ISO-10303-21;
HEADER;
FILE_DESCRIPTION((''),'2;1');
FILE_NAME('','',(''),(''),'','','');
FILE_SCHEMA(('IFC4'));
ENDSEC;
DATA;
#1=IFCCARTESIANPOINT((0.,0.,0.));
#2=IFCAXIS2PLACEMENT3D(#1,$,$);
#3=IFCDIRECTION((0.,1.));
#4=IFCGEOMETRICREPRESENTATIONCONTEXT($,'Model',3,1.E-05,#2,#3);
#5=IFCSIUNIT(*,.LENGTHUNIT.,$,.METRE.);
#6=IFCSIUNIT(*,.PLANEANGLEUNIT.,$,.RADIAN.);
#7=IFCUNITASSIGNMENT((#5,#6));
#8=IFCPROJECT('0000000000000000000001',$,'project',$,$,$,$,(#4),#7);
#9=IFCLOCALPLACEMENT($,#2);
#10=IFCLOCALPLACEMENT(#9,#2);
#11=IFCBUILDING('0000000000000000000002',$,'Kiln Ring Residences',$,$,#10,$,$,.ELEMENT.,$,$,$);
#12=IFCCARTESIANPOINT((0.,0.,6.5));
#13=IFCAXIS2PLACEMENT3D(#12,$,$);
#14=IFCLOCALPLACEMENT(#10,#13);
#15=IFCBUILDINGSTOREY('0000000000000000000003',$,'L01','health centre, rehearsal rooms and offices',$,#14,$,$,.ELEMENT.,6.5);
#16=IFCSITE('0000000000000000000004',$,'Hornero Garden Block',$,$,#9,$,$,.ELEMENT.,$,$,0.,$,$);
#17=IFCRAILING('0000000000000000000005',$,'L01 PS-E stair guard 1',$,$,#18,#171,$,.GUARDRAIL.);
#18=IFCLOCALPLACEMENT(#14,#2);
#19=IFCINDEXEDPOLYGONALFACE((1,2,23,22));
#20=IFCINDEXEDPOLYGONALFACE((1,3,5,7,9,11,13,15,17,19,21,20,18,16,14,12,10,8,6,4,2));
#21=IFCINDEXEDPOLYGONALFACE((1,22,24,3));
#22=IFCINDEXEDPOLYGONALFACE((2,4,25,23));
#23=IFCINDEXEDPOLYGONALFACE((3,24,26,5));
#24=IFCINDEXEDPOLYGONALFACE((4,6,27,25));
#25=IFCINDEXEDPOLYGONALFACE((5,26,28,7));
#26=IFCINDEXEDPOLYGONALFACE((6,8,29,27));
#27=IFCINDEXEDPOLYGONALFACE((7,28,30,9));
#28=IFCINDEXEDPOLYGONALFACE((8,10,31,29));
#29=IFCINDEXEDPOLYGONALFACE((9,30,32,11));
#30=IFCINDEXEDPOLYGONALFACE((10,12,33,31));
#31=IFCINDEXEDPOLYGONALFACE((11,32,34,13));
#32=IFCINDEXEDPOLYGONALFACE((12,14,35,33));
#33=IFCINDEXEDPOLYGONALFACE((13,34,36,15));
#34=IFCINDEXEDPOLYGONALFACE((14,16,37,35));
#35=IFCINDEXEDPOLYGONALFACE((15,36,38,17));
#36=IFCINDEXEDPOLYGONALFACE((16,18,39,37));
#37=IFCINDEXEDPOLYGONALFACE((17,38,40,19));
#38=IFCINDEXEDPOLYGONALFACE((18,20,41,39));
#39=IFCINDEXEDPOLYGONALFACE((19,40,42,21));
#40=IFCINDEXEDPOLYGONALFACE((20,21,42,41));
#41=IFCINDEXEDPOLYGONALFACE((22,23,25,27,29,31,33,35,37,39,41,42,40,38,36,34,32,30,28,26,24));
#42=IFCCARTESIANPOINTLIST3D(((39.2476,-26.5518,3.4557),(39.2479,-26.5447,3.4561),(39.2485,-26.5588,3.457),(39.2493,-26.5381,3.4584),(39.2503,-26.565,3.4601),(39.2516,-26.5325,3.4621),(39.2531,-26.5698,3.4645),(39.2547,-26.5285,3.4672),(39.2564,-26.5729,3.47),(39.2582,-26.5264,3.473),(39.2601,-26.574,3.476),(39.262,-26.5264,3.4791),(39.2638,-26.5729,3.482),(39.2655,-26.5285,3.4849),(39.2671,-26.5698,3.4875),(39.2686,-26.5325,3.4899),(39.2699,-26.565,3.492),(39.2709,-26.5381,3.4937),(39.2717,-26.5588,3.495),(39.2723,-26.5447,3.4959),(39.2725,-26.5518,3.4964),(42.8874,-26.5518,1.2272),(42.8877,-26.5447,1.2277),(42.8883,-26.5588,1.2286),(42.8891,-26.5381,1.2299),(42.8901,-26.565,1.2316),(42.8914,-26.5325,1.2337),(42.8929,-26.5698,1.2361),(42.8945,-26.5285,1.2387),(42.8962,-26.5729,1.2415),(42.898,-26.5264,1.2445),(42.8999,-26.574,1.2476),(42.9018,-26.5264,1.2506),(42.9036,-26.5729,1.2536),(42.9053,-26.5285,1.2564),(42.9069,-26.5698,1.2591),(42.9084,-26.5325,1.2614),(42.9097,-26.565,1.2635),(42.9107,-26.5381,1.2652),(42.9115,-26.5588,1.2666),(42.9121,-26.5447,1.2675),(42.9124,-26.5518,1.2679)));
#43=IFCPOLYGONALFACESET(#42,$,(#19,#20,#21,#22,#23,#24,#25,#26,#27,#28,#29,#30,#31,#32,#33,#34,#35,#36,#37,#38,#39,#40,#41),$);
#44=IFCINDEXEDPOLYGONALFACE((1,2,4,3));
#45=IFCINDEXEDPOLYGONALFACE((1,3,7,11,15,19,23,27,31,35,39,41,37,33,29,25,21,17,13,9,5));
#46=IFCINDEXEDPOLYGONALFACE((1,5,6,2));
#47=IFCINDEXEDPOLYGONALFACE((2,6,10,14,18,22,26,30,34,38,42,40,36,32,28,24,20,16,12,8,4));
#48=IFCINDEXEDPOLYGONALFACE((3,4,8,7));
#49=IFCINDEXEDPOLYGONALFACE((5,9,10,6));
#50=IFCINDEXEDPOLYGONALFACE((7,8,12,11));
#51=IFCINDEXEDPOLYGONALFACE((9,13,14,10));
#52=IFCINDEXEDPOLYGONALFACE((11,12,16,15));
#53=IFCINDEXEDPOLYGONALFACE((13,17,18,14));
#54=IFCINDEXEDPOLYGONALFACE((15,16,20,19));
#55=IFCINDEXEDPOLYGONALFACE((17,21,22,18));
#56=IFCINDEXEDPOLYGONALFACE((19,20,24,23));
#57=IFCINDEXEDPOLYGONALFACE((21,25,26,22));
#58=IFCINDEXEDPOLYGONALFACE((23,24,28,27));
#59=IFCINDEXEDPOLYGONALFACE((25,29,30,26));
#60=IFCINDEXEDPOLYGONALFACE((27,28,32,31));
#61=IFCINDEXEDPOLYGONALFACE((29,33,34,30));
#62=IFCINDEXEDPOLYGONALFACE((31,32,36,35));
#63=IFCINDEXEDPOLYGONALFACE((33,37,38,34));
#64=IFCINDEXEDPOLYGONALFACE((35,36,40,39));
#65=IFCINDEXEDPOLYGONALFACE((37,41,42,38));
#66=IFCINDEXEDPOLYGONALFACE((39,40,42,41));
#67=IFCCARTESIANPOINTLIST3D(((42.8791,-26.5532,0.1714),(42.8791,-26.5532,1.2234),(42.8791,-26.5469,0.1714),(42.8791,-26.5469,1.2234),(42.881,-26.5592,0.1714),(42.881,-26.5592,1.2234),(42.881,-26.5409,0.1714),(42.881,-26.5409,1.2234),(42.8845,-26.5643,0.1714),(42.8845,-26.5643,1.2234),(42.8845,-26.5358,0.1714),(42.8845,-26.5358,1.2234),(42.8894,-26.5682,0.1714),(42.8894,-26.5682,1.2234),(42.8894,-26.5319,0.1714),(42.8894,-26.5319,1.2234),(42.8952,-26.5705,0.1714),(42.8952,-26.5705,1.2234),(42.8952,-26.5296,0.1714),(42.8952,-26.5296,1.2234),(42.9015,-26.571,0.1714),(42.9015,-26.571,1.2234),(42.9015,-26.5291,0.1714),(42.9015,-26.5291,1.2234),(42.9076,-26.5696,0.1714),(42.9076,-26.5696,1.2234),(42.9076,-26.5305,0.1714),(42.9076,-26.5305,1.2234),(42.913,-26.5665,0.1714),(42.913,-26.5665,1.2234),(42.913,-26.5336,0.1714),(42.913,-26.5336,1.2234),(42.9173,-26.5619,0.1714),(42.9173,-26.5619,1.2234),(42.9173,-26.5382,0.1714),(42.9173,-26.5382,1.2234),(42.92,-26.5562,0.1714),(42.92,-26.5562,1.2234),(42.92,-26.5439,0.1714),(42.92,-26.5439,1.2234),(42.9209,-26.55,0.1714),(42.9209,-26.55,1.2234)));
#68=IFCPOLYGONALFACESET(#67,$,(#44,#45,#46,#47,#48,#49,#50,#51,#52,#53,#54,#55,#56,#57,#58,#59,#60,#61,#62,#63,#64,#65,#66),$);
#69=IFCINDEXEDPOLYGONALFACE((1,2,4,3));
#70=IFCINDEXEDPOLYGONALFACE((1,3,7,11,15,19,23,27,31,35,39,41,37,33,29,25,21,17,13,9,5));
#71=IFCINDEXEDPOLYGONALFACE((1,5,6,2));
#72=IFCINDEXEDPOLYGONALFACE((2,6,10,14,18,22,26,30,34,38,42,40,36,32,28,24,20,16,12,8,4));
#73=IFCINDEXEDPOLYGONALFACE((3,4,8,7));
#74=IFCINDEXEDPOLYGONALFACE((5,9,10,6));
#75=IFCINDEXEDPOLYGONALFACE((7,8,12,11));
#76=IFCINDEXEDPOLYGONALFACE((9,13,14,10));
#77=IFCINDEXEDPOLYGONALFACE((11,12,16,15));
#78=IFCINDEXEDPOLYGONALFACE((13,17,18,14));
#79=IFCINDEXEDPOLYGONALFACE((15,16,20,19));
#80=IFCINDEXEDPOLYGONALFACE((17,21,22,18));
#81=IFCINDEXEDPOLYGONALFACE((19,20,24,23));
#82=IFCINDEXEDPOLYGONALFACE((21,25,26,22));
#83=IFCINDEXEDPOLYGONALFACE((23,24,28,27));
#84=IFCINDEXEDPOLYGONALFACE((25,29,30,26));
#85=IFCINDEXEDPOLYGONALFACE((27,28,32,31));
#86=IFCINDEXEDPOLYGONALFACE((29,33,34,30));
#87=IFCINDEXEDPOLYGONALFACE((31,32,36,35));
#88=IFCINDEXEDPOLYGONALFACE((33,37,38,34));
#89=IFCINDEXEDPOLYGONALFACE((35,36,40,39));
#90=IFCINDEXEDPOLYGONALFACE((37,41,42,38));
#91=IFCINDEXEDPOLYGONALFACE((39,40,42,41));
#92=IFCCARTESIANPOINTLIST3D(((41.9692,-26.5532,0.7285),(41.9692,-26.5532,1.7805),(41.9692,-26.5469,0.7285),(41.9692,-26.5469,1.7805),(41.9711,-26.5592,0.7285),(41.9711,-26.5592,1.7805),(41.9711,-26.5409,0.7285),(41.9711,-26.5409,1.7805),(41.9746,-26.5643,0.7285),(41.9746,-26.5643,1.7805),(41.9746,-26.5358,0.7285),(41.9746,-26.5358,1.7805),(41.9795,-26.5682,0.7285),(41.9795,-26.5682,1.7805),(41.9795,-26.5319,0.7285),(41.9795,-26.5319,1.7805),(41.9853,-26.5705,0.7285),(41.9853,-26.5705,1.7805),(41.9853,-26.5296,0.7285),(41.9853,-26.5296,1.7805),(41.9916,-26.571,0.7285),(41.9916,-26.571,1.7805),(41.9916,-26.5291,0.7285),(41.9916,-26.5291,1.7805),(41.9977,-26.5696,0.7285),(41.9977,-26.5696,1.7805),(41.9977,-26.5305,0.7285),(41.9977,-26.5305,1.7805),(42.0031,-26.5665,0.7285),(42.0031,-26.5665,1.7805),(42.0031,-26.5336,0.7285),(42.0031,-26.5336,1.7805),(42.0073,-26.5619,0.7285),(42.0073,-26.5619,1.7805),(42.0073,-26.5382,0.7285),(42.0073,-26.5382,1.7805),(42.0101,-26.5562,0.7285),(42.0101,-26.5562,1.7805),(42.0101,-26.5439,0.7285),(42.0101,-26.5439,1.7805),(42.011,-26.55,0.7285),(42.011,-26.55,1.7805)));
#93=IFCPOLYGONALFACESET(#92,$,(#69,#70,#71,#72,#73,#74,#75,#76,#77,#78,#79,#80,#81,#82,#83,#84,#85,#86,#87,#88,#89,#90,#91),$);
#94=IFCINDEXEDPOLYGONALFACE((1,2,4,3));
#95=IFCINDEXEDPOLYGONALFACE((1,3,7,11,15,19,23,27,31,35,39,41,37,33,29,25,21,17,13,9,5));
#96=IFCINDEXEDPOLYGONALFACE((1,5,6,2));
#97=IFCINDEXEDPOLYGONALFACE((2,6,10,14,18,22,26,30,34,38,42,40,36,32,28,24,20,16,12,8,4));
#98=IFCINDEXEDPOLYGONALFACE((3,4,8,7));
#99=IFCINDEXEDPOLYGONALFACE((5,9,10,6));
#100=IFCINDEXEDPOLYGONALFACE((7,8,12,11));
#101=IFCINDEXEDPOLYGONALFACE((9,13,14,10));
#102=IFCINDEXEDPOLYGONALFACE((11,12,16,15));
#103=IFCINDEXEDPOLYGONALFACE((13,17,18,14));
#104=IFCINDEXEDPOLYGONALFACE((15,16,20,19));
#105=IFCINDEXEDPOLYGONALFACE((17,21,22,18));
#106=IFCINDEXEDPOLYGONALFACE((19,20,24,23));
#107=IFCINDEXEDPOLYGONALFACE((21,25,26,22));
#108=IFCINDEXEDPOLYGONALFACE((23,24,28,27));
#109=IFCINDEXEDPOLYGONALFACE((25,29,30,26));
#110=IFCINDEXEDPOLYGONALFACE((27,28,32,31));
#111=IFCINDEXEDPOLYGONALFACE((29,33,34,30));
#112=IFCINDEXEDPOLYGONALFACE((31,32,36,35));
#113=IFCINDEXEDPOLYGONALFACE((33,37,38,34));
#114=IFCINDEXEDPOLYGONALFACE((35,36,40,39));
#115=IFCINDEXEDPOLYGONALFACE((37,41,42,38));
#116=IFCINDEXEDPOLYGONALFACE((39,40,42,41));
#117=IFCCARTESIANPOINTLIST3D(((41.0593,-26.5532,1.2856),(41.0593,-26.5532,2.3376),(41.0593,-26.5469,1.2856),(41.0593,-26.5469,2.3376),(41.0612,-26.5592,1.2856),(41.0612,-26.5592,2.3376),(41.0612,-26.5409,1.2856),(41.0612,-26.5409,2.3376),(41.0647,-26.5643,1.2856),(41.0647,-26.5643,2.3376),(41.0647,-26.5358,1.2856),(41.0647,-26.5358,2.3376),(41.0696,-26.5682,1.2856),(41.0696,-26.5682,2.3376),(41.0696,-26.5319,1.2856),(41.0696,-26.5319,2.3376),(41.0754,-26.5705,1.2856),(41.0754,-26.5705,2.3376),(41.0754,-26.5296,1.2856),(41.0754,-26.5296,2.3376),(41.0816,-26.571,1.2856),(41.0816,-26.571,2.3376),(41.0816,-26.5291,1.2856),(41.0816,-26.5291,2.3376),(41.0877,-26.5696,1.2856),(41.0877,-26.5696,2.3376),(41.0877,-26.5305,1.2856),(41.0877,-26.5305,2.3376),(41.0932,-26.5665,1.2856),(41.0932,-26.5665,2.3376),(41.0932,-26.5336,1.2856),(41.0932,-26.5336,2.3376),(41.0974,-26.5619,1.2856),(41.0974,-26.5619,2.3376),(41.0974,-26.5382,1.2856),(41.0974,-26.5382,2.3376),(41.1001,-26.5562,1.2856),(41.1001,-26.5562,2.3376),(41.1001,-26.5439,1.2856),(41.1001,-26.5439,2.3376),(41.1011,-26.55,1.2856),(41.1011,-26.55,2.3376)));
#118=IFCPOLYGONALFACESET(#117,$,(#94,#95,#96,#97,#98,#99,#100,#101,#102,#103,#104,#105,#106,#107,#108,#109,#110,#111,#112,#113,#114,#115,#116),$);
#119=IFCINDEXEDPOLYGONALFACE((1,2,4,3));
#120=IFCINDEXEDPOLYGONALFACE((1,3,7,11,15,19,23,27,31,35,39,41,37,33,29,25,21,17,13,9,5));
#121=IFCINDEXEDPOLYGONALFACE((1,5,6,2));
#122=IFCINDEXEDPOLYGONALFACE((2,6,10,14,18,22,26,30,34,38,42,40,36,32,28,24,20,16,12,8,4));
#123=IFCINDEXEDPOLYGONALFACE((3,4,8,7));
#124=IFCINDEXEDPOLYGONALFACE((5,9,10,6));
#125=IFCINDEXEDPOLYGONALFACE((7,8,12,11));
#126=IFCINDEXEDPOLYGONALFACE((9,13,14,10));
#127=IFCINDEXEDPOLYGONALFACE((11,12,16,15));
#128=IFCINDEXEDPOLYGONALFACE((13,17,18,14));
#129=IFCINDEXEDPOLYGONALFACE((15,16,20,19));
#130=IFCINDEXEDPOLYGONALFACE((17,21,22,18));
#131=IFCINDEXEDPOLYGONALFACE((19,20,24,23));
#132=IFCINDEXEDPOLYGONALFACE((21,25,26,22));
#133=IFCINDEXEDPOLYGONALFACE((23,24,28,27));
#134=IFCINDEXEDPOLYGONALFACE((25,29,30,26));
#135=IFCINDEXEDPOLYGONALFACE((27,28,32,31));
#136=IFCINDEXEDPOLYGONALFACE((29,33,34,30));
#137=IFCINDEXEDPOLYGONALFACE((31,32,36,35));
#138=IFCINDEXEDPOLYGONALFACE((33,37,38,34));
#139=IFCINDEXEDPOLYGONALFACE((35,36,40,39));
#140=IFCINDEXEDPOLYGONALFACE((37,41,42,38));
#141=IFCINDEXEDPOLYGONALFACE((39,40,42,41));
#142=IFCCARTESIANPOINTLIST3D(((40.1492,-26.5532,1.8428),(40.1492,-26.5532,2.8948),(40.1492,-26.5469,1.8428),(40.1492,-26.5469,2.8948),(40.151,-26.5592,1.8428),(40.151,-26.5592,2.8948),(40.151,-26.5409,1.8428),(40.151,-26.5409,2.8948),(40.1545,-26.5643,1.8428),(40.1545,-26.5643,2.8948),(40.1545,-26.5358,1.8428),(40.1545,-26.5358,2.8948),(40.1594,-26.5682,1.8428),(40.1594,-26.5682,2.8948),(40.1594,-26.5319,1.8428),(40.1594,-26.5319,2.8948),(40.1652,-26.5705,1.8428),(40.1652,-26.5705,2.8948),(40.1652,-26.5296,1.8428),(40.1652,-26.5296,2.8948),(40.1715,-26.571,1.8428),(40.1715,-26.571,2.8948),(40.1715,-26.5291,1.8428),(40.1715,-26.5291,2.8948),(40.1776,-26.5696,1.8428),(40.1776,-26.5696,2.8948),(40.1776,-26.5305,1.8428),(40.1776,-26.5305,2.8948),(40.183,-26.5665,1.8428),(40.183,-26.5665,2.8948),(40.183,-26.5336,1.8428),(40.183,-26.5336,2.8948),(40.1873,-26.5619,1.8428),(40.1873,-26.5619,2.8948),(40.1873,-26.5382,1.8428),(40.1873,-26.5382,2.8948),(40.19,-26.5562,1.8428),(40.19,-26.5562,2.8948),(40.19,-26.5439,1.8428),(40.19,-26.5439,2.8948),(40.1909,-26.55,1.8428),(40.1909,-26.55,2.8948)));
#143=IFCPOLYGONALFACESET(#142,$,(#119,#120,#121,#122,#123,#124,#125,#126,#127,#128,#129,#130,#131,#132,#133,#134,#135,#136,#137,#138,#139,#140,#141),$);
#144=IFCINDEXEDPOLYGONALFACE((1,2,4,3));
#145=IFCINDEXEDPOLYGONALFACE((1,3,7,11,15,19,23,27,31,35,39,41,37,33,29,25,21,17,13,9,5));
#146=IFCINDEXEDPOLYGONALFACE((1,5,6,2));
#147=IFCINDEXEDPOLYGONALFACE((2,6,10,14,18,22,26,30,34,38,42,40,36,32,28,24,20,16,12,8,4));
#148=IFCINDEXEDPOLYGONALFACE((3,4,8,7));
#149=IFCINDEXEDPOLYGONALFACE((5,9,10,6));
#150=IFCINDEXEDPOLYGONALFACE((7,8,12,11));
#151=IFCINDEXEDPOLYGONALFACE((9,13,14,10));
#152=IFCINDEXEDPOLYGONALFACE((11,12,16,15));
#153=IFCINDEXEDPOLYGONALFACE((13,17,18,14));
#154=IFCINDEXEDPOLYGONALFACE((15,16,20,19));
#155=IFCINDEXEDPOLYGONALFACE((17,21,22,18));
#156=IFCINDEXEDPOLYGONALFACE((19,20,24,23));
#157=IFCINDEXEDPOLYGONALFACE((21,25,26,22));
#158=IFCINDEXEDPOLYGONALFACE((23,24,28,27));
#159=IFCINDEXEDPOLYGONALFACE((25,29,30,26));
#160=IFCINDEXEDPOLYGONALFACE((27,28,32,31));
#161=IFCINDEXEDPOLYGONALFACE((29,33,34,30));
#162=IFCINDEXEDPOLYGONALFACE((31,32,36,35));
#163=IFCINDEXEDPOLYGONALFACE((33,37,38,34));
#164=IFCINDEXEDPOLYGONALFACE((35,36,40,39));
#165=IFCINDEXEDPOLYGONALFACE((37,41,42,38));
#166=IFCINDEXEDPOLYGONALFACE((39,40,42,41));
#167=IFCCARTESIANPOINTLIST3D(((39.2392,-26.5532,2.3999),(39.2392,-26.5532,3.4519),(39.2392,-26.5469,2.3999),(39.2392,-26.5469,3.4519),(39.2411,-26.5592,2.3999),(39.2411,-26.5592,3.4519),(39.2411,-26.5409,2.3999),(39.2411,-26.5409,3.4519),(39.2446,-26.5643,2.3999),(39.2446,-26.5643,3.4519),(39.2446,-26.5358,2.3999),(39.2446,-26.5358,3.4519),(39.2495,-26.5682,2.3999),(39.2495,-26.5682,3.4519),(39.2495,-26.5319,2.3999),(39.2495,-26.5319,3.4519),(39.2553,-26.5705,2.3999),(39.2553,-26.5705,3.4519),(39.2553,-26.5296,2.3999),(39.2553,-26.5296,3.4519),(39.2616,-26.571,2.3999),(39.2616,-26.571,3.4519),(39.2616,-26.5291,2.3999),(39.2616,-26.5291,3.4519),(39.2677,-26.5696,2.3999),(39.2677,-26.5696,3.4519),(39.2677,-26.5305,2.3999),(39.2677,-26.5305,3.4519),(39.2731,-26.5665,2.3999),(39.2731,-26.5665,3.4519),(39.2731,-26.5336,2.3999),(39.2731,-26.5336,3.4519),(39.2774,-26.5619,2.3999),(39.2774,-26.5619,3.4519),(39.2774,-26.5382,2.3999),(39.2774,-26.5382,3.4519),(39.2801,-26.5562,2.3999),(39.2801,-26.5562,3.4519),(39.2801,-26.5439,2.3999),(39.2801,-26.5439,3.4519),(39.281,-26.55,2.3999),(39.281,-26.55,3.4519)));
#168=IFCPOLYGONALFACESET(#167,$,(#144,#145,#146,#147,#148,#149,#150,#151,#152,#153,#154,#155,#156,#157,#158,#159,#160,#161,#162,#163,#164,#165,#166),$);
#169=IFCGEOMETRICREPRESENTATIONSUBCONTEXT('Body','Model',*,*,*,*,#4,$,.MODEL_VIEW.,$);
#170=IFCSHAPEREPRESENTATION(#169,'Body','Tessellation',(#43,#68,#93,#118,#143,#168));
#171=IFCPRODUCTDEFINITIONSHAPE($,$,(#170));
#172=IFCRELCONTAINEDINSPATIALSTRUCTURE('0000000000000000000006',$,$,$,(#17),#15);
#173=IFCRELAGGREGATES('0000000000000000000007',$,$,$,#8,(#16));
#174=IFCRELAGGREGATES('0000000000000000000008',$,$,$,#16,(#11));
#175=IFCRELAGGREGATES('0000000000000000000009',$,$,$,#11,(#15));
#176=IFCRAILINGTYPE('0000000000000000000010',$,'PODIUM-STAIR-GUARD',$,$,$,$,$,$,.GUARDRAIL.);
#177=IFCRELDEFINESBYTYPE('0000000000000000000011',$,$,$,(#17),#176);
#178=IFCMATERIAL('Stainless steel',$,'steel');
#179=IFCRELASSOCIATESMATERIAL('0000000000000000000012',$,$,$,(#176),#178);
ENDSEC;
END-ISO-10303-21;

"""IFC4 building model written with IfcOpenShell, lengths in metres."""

from ifc_helpers import new_model, si_unit, direction, frame, origin, origin_2d, place, context, subcontext, project, spatial, circle, extrude, material, type_object, element, save


model = new_model("IFC4")

# Units and contexts
model_context = context("Model", 3, precision=1e-05, world=origin(), true_north=direction((0.0, 1.0)))
body_context = subcontext(model_context, "Body", "Model", "MODEL_VIEW")
ifc_project = project(units=[si_unit("LENGTHUNIT", "METRE"), si_unit("PLANEANGLEUNIT", "RADIAN")], contexts=[model_context])

# Site, building, storey
site_placement = place(None, origin())
site = spatial("IfcSite", under=ifc_project, at=site_placement, Name="Hornero Garden Block", CompositionType="ELEMENT", RefElevation=0.0)
building_placement = place(site_placement, origin())
building = spatial("IfcBuilding", under=site, at=building_placement, Name="Kiln Ring Residences", CompositionType="ELEMENT")
storey_placement = place(building_placement, frame((0.0, 0.0, 6.5)))
storey = spatial("IfcBuildingStorey", under=building, at=storey_placement, Name="L01", Description="health centre, rehearsal rooms and offices", CompositionType="ELEMENT", Elevation=6.5)

# Railing
ifc_material_1 = material(Name="Stainless steel", Category="steel")
railing_type_1 = type_object("IfcRailingType", Name="PODIUM-STAIR-GUARD", PredefinedType="GUARDRAIL", material=ifc_material_1)
railing_1_placement = place(storey_placement, frame((42.8999, -26.55, 0.1714)))
element("IfcRailing", 1, at=railing_1_placement, inside=storey, type_object=railing_type_1, Name="L01 PS-E stair guard 1", PredefinedType="GUARDRAIL", context=body_context, shape_type="SweptSolid", body=[
    extrude(circle(Radius=0.0239, at=origin_2d()), frame((0.0, 0.0, 1.0762), z_axis=(-0.85285, 0.0, 0.522156), x_axis=(0.0, -1.0, 0.0)), (0.0, 0.0, 1.0), 4.2678),
    extrude(circle(Radius=0.021, at=origin_2d()), origin(), (0.0, 0.0, 1.0), 1.052),
    extrude(circle(Radius=0.021, at=origin_2d()), frame((-0.9099, 0.0, 0.5571)), (0.0, 0.0, 1.0), 1.052),
    extrude(circle(Radius=0.021, at=origin_2d()), frame((-1.8198, 0.0, 1.1143)), (0.0, 0.0, 1.0), 1.052),
    extrude(circle(Radius=0.021, at=origin_2d()), frame((-2.73, 0.0, 1.6714)), (0.0, 0.0, 1.0), 1.052),
    extrude(circle(Radius=0.021, at=origin_2d()), frame((-3.6399, 0.0, 2.2285)), (0.0, 0.0, 1.0), 1.052),
])

save(model, "model.ifc")
